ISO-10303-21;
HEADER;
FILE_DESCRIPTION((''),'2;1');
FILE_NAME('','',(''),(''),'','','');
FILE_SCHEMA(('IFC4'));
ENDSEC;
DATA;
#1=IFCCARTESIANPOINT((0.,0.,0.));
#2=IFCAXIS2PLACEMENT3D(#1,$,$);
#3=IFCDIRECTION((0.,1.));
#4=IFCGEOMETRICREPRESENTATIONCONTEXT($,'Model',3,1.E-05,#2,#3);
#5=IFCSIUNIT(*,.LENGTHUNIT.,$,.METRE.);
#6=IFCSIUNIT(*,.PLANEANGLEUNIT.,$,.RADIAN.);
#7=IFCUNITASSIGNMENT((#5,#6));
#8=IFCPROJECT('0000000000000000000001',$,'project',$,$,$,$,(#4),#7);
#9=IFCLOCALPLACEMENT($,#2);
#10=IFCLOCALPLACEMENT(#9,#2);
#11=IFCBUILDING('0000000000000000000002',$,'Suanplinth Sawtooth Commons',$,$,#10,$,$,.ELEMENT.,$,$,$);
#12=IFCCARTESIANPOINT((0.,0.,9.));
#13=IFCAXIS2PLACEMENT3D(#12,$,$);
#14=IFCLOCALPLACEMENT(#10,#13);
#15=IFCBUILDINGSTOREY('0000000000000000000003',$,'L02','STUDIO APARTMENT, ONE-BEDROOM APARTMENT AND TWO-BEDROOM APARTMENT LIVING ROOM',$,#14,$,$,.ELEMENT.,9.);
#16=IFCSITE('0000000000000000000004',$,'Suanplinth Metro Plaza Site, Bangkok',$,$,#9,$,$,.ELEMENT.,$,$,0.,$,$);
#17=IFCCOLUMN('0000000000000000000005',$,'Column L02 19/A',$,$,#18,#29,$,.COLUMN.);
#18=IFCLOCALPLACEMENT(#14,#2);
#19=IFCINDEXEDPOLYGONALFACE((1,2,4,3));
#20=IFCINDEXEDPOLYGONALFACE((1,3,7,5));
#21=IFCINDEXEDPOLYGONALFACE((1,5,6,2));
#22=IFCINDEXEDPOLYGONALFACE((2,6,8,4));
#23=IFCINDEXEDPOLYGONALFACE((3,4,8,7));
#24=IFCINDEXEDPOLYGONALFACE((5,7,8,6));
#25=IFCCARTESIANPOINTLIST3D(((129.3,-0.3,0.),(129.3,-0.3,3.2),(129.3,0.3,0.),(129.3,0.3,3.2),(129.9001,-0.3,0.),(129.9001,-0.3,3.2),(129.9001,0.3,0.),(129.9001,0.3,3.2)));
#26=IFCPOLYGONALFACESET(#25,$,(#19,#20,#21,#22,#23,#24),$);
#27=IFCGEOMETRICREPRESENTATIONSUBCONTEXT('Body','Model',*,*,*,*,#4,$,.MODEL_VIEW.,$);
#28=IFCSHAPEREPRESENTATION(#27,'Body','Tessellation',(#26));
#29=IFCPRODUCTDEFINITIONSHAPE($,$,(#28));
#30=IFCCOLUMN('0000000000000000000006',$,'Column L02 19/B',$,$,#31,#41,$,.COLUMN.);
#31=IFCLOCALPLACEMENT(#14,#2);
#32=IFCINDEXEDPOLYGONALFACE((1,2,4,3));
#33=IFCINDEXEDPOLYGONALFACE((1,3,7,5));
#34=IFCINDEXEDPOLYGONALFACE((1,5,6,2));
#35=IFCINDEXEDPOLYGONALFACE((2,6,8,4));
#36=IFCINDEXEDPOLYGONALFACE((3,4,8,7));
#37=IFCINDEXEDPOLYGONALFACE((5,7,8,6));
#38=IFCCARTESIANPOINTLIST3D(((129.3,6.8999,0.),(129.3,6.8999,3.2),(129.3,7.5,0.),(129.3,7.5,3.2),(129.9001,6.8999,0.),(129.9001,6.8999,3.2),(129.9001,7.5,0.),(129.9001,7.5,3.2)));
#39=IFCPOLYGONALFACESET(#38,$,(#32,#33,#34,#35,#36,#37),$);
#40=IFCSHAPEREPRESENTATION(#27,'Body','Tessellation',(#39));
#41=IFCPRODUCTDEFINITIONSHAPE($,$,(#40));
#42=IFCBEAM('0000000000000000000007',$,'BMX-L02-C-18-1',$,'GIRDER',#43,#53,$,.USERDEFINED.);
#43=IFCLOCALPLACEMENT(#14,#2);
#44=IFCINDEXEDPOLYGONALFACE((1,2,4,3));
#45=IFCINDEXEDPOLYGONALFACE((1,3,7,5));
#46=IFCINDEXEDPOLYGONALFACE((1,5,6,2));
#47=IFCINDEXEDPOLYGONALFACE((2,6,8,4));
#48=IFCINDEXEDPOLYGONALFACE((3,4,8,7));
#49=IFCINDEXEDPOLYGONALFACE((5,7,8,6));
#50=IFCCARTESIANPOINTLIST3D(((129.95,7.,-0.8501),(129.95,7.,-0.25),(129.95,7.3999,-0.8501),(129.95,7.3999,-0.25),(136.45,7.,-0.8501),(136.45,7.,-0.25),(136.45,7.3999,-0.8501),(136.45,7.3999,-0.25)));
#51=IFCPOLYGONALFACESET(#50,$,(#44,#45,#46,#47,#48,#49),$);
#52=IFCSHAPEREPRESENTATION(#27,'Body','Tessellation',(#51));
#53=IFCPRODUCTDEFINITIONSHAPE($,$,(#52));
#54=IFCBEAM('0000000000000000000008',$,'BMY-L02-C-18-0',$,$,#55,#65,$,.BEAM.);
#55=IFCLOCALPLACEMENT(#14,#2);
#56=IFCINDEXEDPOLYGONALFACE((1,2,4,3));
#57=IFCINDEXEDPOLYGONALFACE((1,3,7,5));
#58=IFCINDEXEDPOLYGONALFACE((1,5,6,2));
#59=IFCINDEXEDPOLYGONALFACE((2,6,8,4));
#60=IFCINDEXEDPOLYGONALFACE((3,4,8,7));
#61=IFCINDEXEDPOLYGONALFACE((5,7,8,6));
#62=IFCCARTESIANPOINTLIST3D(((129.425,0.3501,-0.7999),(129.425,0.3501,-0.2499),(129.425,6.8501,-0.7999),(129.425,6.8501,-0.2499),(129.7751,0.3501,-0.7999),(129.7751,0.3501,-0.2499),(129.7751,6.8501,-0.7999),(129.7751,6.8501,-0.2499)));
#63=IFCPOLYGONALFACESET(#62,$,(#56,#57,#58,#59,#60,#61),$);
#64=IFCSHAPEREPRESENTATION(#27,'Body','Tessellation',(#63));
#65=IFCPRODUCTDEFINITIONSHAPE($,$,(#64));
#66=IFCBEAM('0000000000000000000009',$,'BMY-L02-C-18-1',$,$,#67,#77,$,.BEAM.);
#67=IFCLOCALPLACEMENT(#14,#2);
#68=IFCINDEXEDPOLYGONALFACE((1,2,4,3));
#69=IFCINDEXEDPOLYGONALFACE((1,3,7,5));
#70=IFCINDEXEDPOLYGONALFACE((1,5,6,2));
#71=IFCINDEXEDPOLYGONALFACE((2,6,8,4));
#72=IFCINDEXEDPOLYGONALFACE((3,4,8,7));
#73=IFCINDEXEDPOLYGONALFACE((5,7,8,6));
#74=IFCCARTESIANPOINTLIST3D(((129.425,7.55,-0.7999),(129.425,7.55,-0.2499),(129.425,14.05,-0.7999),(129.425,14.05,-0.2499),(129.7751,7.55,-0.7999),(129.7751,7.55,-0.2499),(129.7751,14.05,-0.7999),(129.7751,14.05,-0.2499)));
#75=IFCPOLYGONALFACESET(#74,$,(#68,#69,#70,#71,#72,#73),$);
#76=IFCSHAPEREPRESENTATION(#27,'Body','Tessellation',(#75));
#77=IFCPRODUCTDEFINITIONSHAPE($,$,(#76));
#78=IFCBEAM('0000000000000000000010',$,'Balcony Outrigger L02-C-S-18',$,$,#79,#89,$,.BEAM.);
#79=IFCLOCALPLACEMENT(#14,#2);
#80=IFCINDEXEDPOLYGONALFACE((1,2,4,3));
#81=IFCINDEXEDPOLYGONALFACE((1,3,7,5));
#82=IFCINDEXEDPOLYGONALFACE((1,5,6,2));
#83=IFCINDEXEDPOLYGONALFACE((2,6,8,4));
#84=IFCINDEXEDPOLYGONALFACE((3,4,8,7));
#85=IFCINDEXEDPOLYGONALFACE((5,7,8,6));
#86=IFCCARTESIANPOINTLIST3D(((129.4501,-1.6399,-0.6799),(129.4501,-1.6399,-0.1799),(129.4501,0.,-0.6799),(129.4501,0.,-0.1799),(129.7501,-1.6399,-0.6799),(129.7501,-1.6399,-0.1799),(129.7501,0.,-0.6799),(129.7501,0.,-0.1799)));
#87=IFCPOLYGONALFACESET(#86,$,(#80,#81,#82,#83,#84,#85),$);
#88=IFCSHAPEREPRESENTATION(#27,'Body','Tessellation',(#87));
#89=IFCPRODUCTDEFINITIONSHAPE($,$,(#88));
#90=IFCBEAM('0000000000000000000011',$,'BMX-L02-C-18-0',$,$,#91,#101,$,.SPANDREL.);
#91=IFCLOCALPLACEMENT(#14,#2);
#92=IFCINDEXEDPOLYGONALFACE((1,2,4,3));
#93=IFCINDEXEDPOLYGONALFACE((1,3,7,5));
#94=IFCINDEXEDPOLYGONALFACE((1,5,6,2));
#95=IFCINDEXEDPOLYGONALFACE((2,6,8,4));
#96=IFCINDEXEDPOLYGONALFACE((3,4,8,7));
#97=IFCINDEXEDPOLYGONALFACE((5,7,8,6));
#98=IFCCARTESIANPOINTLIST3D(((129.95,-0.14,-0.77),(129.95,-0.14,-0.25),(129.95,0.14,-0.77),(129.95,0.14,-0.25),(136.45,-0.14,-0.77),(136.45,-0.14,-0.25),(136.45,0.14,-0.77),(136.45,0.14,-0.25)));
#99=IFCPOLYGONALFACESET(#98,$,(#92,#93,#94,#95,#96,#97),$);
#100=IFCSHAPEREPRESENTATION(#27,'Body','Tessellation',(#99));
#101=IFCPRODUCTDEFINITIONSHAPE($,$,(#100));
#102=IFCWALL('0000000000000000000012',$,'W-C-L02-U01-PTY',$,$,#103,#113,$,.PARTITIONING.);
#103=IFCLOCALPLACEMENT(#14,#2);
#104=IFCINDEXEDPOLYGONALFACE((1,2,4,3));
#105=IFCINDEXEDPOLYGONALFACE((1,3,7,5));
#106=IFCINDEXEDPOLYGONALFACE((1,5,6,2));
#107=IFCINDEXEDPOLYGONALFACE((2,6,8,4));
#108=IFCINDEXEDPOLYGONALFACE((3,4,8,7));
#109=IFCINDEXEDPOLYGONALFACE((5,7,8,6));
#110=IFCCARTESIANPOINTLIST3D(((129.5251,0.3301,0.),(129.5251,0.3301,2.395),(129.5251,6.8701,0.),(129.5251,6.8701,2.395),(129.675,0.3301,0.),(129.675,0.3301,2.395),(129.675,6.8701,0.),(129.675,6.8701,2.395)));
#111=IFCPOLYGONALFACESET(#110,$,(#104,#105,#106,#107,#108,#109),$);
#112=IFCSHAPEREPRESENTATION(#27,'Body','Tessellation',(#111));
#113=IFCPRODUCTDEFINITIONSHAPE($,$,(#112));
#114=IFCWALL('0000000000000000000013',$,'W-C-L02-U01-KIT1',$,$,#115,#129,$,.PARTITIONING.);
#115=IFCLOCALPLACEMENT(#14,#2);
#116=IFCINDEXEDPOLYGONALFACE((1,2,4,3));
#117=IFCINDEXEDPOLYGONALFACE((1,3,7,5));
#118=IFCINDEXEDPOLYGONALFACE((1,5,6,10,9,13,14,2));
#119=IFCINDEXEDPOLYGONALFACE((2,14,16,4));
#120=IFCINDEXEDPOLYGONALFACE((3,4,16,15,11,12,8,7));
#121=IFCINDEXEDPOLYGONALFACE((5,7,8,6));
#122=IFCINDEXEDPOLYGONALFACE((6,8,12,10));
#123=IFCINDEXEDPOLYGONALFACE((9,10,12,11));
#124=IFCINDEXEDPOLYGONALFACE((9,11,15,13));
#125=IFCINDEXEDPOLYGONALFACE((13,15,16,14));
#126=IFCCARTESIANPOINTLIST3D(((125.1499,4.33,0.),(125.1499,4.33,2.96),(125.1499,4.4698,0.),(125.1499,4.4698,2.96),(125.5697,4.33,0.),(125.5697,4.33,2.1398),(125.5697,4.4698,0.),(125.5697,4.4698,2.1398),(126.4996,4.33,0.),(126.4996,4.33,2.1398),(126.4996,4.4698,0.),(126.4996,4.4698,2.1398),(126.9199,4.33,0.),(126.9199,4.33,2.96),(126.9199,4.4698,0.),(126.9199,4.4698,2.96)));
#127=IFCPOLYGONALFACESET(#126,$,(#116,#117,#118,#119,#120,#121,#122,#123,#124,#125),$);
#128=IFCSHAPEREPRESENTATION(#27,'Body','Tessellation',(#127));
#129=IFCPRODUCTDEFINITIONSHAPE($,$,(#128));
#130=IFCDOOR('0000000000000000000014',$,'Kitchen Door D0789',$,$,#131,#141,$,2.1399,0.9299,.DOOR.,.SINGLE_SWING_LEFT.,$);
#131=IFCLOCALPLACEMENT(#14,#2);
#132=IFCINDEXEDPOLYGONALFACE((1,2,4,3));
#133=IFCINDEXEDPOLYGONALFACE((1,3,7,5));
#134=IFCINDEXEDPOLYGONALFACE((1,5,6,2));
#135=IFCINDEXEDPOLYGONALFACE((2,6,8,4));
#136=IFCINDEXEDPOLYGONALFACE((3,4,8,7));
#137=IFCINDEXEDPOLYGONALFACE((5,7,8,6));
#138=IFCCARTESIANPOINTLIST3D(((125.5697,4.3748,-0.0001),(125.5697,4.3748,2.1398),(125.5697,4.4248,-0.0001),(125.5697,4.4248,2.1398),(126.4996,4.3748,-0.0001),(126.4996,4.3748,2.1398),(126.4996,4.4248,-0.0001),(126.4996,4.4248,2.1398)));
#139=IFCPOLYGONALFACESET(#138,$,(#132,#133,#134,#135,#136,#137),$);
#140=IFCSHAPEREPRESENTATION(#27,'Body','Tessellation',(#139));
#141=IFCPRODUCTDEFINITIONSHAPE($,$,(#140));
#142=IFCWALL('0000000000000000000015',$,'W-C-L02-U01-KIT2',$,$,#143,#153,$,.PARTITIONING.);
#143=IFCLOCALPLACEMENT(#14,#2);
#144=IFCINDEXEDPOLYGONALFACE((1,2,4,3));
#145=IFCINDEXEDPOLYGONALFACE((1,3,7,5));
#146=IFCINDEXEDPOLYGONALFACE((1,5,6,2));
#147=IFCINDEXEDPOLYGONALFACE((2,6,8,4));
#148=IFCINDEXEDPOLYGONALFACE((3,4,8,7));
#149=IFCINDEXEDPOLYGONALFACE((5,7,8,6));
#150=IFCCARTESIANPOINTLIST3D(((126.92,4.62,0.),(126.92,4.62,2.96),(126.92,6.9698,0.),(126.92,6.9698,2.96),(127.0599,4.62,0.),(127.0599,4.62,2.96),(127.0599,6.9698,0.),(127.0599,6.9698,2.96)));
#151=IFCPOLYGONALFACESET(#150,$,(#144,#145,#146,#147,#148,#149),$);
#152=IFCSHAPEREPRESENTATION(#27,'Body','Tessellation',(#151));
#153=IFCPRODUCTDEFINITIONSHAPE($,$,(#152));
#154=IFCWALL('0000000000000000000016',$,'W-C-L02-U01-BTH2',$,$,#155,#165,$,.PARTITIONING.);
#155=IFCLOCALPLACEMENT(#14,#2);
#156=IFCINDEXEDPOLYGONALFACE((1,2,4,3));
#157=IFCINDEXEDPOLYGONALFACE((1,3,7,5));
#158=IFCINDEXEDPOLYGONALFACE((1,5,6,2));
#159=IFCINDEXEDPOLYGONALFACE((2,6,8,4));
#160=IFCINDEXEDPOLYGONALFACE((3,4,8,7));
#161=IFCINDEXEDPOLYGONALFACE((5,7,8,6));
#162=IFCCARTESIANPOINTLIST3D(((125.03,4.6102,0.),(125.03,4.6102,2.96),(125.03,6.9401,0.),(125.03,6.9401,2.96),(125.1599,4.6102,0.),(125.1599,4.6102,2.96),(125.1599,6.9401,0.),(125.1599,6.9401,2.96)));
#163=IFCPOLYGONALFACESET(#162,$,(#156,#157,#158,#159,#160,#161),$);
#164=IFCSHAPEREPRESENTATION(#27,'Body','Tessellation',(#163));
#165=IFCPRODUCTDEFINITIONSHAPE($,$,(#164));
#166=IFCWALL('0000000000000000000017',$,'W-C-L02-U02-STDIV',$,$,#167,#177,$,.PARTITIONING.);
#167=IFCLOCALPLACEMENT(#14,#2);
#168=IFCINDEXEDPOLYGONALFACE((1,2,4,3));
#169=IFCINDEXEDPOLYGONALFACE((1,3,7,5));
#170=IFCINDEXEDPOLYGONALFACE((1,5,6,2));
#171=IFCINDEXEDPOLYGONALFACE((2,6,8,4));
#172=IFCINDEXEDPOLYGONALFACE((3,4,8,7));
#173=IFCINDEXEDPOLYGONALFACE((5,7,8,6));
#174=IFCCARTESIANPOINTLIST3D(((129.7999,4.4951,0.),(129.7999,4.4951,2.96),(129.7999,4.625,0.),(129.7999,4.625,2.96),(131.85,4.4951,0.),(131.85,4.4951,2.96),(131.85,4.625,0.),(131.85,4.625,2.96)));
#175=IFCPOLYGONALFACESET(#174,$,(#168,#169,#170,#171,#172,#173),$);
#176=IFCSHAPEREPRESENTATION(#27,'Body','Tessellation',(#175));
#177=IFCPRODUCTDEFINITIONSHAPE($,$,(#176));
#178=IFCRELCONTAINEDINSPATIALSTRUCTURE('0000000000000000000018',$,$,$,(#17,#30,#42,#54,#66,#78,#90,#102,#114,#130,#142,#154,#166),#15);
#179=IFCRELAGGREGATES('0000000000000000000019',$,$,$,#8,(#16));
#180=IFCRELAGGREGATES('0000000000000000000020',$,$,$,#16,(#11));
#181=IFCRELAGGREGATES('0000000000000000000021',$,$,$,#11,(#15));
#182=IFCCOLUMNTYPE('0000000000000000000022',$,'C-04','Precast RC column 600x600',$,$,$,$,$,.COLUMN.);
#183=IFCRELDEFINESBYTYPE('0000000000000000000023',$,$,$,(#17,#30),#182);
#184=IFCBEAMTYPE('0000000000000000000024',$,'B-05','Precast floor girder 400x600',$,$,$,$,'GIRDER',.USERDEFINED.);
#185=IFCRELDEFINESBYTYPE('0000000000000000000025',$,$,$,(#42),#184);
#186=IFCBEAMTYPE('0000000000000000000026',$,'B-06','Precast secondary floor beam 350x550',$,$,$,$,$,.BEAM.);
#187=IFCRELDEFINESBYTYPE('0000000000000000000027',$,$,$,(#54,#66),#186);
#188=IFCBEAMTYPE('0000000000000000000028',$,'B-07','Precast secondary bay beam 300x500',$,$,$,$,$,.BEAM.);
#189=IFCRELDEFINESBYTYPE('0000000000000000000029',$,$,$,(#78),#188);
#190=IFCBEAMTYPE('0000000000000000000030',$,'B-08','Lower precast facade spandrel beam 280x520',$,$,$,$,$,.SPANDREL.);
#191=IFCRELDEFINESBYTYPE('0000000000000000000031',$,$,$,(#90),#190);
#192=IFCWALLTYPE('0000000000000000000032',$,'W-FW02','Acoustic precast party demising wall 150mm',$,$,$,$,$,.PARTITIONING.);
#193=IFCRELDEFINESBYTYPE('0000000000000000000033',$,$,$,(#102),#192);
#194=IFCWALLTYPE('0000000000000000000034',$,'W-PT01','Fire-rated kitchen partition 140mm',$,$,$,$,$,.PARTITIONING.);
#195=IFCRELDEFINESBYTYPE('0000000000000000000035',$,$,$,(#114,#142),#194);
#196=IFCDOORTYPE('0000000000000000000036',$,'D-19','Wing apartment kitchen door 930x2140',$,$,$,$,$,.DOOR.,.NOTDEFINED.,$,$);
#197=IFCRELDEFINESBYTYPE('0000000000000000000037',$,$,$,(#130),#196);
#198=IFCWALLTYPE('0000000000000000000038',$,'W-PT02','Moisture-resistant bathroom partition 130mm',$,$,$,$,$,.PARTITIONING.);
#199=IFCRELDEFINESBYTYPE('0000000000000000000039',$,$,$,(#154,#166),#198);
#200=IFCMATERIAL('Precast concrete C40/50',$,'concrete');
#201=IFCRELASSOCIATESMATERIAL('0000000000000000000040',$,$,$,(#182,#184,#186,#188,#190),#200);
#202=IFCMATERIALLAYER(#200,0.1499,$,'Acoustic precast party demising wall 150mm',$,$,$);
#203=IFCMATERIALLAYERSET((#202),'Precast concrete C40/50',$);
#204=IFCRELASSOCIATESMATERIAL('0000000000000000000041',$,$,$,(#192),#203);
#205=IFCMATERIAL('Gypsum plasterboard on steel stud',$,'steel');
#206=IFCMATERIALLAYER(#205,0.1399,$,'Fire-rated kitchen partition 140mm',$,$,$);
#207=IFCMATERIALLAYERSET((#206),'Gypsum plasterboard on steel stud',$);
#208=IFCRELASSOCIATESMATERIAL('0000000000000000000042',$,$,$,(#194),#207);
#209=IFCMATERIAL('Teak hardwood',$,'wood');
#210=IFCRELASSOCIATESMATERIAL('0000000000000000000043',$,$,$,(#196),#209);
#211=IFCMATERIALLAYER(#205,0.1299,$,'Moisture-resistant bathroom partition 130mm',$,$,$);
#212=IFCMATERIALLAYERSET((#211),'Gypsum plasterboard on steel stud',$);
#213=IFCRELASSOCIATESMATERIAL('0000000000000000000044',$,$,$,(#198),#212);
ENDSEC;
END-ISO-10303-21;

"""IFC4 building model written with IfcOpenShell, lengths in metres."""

from ifc_helpers import new_model, si_unit, direction, frame, frame_2d, origin, origin_2d, place, context, subcontext, project, spatial, rectangle, extrude, material, layer, layer_set, material_profile, profile_set, type_object, element, fill, save


model = new_model("IFC4")

# Units and contexts
model_context = context("Model", 3, precision=1e-05, world=origin(), true_north=direction((0.0, 1.0)))
body_context = subcontext(model_context, "Body", "Model", "MODEL_VIEW")
ifc_project = project(units=[si_unit("LENGTHUNIT", "METRE"), si_unit("PLANEANGLEUNIT", "RADIAN")], contexts=[model_context])

# Site, building, storey
site_placement = place(None, origin())
site = spatial("IfcSite", under=ifc_project, at=site_placement, Name="Suanplinth Metro Plaza Site, Bangkok", CompositionType="ELEMENT", RefElevation=0.0)
building_placement = place(site_placement, origin())
building = spatial("IfcBuilding", under=site, at=building_placement, Name="Suanplinth Sawtooth Commons", CompositionType="ELEMENT")
storey_placement = place(building_placement, frame((0.0, 0.0, 9.0)))
storey = spatial("IfcBuildingStorey", under=building, at=storey_placement, Name="L02", Description="STUDIO APARTMENT, ONE-BEDROOM APARTMENT AND TWO-BEDROOM APARTMENT LIVING ROOM", CompositionType="ELEMENT", Elevation=9.0)

# Columns
ifc_material_1 = material(Name="Precast concrete C40/50", Category="concrete")
ifc_material_profile_1 = material_profile(ifc_material_1, rectangle(XDim=0.6001, YDim=0.6001, at=origin_2d()), Name="PC-COL 600x600")
ifc_profile_set_1 = profile_set([ifc_material_profile_1], Name="Precast concrete C40/50")
column_type = type_object("IfcColumnType", Name="C-04", Description="Precast RC column 600x600", PredefinedType="COLUMN", material=ifc_profile_set_1)
for number, where, z_axis, x_axis, name in (
    (1, (129.6001, 0.0, 0.0), (0.0, 0.0, 1.0), (1.0, 0.0, 0.0), "Column L02 19/A"),
    (2, (129.6001, 7.2, 0.0), (0.0, 0.0, 1.0), (1.0, 0.0, 0.0), "Column L02 19/B"),
):
    element("IfcColumn", number, at=place(storey_placement, frame(where, z_axis=z_axis, x_axis=x_axis)), inside=storey, type_object=column_type, Name=name, PredefinedType="COLUMN", context=body_context, shape_type="SweptSolid", body=[
        extrude(rectangle(XDim=0.6001, YDim=0.6001, at=origin_2d()), origin(), (0.0, 0.0, 1.0), 3.2),
    ])

# Beams
ifc_material_profile_2 = material_profile(ifc_material_1, rectangle(XDim=0.3999, YDim=0.6001, at=origin_2d()), Name="PC-GDR 400x600")
ifc_profile_set_2 = profile_set([ifc_material_profile_2], Name="Precast concrete C40/50")
beam_type_1 = type_object("IfcBeamType", Name="B-05", Description="Precast floor girder 400x600", ElementType="GIRDER", PredefinedType="USERDEFINED", material=ifc_profile_set_2)
beam_1_placement = place(storey_placement, frame((129.95, 7.2, -0.55), z_axis=(1.0, 0.0, 0.0), x_axis=(0.0, 1.0, 0.0)))
element("IfcBeam", 3, at=beam_1_placement, inside=storey, type_object=beam_type_1, Name="BMX-L02-C-18-1", ObjectType="GIRDER", PredefinedType="USERDEFINED", context=body_context, shape_type="SweptSolid", body=[
    extrude(rectangle(XDim=0.3999, YDim=0.6001, at=origin_2d()), origin(), (0.0, 0.0, 1.0), 6.5),
])
ifc_material_profile_3 = material_profile(ifc_material_1, rectangle(XDim=0.3501, YDim=0.55, at=origin_2d()), Name="PC-BM 350x550")
ifc_profile_set_3 = profile_set([ifc_material_profile_3], Name="Precast concrete C40/50")
beam_type_2 = type_object("IfcBeamType", Name="B-06", Description="Precast secondary floor beam 350x550", PredefinedType="BEAM", material=ifc_profile_set_3)
for number, where, z_axis, x_axis, name in (
    (4, (129.6001, 0.3501, -0.5249), (0.0, 1.0, 0.0), (-1.0, 0.0, 0.0), "BMY-L02-C-18-0"),
    (5, (129.6001, 7.55, -0.5249), (0.0, 1.0, 0.0), (-1.0, 0.0, 0.0), "BMY-L02-C-18-1"),
):
    element("IfcBeam", number, at=place(storey_placement, frame(where, z_axis=z_axis, x_axis=x_axis)), inside=storey, type_object=beam_type_2, Name=name, PredefinedType="BEAM", context=body_context, shape_type="SweptSolid", body=[
        extrude(rectangle(XDim=0.3501, YDim=0.55, at=origin_2d()), origin(), (0.0, 0.0, 1.0), 6.5),
    ])
ifc_material_profile_4 = material_profile(ifc_material_1, rectangle(XDim=0.3, YDim=0.5, at=origin_2d()), Name="PC-BM 300x500")
ifc_profile_set_4 = profile_set([ifc_material_profile_4], Name="Precast concrete C40/50")
beam_type_3 = type_object("IfcBeamType", Name="B-07", Description="Precast secondary bay beam 300x500", PredefinedType="BEAM", material=ifc_profile_set_4)
beam_2_placement = place(storey_placement, frame((129.6001, 0.0, -0.4299), z_axis=(0.0, -1.0, 0.0), x_axis=(1.0, 0.0, 0.0)))
element("IfcBeam", 6, at=beam_2_placement, inside=storey, type_object=beam_type_3, Name="Balcony Outrigger L02-C-S-18", PredefinedType="BEAM", context=body_context, shape_type="SweptSolid", body=[
    extrude(rectangle(XDim=0.3, YDim=0.5, at=origin_2d()), origin(), (0.0, 0.0, 1.0), 1.6399),
])
ifc_material_profile_5 = material_profile(ifc_material_1, rectangle(XDim=0.28, YDim=0.52, at=origin_2d()), Name="PC-SP 280x520")
ifc_profile_set_5 = profile_set([ifc_material_profile_5], Name="Precast concrete C40/50")
beam_type_4 = type_object("IfcBeamType", Name="B-08", Description="Lower precast facade spandrel beam 280x520", PredefinedType="SPANDREL", material=ifc_profile_set_5)
beam_3_placement = place(storey_placement, frame((129.95, 0.0, -0.51), z_axis=(1.0, 0.0, 0.0), x_axis=(0.0, 1.0, 0.0)))
element("IfcBeam", 7, at=beam_3_placement, inside=storey, type_object=beam_type_4, Name="BMX-L02-C-18-0", PredefinedType="SPANDREL", context=body_context, shape_type="SweptSolid", body=[
    extrude(rectangle(XDim=0.28, YDim=0.52, at=origin_2d()), origin(), (0.0, 0.0, 1.0), 6.5),
])

# Wall
ifc_layer_1 = layer(ifc_material_1, 0.1499, Name="Acoustic precast party demising wall 150mm")
ifc_layer_set_1 = layer_set([ifc_layer_1], Name="Precast concrete C40/50")
wall_type_1 = type_object("IfcWallType", Name="W-FW02", Description="Acoustic precast party demising wall 150mm", PredefinedType="PARTITIONING", material=ifc_layer_set_1)
wall_1_placement = place(storey_placement, frame((129.6001, 0.3301, 0.0), z_axis=(0.0, 0.0, 1.0), x_axis=(0.0, 1.0, 0.0)))
element("IfcWall", 8, at=wall_1_placement, inside=storey, type_object=wall_type_1, Name="W-C-L02-U01-PTY", PredefinedType="PARTITIONING", context=body_context, shape_type="SweptSolid", body=[
    extrude(rectangle(XDim=6.54, YDim=0.1499, at=frame_2d((3.27, 0.0))), origin(), (0.0, 0.0, 1.0), 2.395),
])

# Wall, opening, door
ifc_material_2 = material(Name="Gypsum plasterboard on steel stud", Category="steel")
ifc_layer_2 = layer(ifc_material_2, 0.1399, Name="Fire-rated kitchen partition 140mm")
ifc_layer_set_2 = layer_set([ifc_layer_2], Name="Gypsum plasterboard on steel stud")
wall_type_2 = type_object("IfcWallType", Name="W-PT01", Description="Fire-rated kitchen partition 140mm", PredefinedType="PARTITIONING", material=ifc_layer_set_2)
wall_2_placement = place(storey_placement, frame((125.1499, 4.3999, 0.0), z_axis=(0.0, 0.0, 1.0), x_axis=(1.0, 0.0, 0.0)))
wall_2 = element("IfcWall", 9, at=wall_2_placement, inside=storey, type_object=wall_type_2, Name="W-C-L02-U01-KIT1", PredefinedType="PARTITIONING", context=body_context, shape_type="SweptSolid", body=[
    extrude(rectangle(XDim=1.77, YDim=0.1399, at=frame_2d((0.885, 0.0))), origin(), (0.0, 0.0, 1.0), 2.96),
])
opening_1_placement = place(wall_2_placement, frame((0.4199, 0.0, 0.0)))
opening_1 = element("IfcOpeningElement", 10, at=opening_1_placement, cuts=wall_2, PredefinedType="OPENING", context=body_context, shape_type="SweptSolid", body=[
    extrude(rectangle(XDim=0.9299, YDim=2.1399, at=frame_2d((0.4648, 1.0698))), frame((0.0, 0.085, 0.0), z_axis=(0.0, -1.0, 0.0), x_axis=(1.0, 0.0, 0.0)), (0.0, 0.0, 1.0), 0.1697),
])
ifc_material_3 = material(Name="Teak hardwood", Category="wood")
door_type_1 = type_object("IfcDoorType", Name="D-19", Description="Wing apartment kitchen door 930x2140", OperationType="NOTDEFINED", PredefinedType="DOOR", material=ifc_material_3)
door_1_placement = place(opening_1_placement, origin())
door_1 = element("IfcDoor", 11, at=door_1_placement, inside=storey, type_object=door_type_1, Name="Kitchen Door D0789", OperationType="SINGLE_SWING_LEFT", OverallHeight=2.1399, OverallWidth=0.9299, PredefinedType="DOOR", context=body_context, shape_type="SweptSolid", body=[
    extrude(rectangle(XDim=0.9299, YDim=2.1399, at=frame_2d((0.4648, 1.0698))), frame((0.0, 0.0249, 0.0), z_axis=(0.0, -1.0, 0.0), x_axis=(1.0, 0.0, 0.0)), (0.0, 0.0, 1.0), 0.05),
])
fill(opening_1, door_1)

# Walls
wall_3_placement = place(storey_placement, frame((126.99, 4.6201, 0.0), z_axis=(0.0, 0.0, 1.0), x_axis=(0.0, 1.0, 0.0)))
element("IfcWall", 12, at=wall_3_placement, inside=storey, type_object=wall_type_2, Name="W-C-L02-U01-KIT2", PredefinedType="PARTITIONING", context=body_context, shape_type="SweptSolid", body=[
    extrude(rectangle(XDim=2.3499, YDim=0.1399, at=frame_2d((1.1748, 0.0))), origin(), (0.0, 0.0, 1.0), 2.96),
])
ifc_layer_3 = layer(ifc_material_2, 0.1299, Name="Moisture-resistant bathroom partition 130mm")
ifc_layer_set_3 = layer_set([ifc_layer_3], Name="Gypsum plasterboard on steel stud")
wall_type_3 = type_object("IfcWallType", Name="W-PT02", Description="Moisture-resistant bathroom partition 130mm", PredefinedType="PARTITIONING", material=ifc_layer_set_3)
wall_4_placement = place(storey_placement, frame((125.095, 4.6101, 0.0), z_axis=(0.0, 0.0, 1.0), x_axis=(0.0, 1.0, 0.0)))
element("IfcWall", 13, at=wall_4_placement, inside=storey, type_object=wall_type_3, Name="W-C-L02-U01-BTH2", PredefinedType="PARTITIONING", context=body_context, shape_type="SweptSolid", body=[
    extrude(rectangle(XDim=2.3298, YDim=0.1299, at=frame_2d((1.165, 0.0))), origin(), (0.0, 0.0, 1.0), 2.96),
])
wall_5_placement = place(storey_placement, frame((129.8, 4.5601, 0.0), z_axis=(0.0, 0.0, 1.0), x_axis=(1.0, 0.0, 0.0)))
element("IfcWall", 14, at=wall_5_placement, inside=storey, type_object=wall_type_3, Name="W-C-L02-U02-STDIV", PredefinedType="PARTITIONING", context=body_context, shape_type="SweptSolid", body=[
    extrude(rectangle(XDim=2.05, YDim=0.1299, at=frame_2d((1.0249, 0.0))), origin(), (0.0, 0.0, 1.0), 2.96),
])

save(model, "model.ifc")
